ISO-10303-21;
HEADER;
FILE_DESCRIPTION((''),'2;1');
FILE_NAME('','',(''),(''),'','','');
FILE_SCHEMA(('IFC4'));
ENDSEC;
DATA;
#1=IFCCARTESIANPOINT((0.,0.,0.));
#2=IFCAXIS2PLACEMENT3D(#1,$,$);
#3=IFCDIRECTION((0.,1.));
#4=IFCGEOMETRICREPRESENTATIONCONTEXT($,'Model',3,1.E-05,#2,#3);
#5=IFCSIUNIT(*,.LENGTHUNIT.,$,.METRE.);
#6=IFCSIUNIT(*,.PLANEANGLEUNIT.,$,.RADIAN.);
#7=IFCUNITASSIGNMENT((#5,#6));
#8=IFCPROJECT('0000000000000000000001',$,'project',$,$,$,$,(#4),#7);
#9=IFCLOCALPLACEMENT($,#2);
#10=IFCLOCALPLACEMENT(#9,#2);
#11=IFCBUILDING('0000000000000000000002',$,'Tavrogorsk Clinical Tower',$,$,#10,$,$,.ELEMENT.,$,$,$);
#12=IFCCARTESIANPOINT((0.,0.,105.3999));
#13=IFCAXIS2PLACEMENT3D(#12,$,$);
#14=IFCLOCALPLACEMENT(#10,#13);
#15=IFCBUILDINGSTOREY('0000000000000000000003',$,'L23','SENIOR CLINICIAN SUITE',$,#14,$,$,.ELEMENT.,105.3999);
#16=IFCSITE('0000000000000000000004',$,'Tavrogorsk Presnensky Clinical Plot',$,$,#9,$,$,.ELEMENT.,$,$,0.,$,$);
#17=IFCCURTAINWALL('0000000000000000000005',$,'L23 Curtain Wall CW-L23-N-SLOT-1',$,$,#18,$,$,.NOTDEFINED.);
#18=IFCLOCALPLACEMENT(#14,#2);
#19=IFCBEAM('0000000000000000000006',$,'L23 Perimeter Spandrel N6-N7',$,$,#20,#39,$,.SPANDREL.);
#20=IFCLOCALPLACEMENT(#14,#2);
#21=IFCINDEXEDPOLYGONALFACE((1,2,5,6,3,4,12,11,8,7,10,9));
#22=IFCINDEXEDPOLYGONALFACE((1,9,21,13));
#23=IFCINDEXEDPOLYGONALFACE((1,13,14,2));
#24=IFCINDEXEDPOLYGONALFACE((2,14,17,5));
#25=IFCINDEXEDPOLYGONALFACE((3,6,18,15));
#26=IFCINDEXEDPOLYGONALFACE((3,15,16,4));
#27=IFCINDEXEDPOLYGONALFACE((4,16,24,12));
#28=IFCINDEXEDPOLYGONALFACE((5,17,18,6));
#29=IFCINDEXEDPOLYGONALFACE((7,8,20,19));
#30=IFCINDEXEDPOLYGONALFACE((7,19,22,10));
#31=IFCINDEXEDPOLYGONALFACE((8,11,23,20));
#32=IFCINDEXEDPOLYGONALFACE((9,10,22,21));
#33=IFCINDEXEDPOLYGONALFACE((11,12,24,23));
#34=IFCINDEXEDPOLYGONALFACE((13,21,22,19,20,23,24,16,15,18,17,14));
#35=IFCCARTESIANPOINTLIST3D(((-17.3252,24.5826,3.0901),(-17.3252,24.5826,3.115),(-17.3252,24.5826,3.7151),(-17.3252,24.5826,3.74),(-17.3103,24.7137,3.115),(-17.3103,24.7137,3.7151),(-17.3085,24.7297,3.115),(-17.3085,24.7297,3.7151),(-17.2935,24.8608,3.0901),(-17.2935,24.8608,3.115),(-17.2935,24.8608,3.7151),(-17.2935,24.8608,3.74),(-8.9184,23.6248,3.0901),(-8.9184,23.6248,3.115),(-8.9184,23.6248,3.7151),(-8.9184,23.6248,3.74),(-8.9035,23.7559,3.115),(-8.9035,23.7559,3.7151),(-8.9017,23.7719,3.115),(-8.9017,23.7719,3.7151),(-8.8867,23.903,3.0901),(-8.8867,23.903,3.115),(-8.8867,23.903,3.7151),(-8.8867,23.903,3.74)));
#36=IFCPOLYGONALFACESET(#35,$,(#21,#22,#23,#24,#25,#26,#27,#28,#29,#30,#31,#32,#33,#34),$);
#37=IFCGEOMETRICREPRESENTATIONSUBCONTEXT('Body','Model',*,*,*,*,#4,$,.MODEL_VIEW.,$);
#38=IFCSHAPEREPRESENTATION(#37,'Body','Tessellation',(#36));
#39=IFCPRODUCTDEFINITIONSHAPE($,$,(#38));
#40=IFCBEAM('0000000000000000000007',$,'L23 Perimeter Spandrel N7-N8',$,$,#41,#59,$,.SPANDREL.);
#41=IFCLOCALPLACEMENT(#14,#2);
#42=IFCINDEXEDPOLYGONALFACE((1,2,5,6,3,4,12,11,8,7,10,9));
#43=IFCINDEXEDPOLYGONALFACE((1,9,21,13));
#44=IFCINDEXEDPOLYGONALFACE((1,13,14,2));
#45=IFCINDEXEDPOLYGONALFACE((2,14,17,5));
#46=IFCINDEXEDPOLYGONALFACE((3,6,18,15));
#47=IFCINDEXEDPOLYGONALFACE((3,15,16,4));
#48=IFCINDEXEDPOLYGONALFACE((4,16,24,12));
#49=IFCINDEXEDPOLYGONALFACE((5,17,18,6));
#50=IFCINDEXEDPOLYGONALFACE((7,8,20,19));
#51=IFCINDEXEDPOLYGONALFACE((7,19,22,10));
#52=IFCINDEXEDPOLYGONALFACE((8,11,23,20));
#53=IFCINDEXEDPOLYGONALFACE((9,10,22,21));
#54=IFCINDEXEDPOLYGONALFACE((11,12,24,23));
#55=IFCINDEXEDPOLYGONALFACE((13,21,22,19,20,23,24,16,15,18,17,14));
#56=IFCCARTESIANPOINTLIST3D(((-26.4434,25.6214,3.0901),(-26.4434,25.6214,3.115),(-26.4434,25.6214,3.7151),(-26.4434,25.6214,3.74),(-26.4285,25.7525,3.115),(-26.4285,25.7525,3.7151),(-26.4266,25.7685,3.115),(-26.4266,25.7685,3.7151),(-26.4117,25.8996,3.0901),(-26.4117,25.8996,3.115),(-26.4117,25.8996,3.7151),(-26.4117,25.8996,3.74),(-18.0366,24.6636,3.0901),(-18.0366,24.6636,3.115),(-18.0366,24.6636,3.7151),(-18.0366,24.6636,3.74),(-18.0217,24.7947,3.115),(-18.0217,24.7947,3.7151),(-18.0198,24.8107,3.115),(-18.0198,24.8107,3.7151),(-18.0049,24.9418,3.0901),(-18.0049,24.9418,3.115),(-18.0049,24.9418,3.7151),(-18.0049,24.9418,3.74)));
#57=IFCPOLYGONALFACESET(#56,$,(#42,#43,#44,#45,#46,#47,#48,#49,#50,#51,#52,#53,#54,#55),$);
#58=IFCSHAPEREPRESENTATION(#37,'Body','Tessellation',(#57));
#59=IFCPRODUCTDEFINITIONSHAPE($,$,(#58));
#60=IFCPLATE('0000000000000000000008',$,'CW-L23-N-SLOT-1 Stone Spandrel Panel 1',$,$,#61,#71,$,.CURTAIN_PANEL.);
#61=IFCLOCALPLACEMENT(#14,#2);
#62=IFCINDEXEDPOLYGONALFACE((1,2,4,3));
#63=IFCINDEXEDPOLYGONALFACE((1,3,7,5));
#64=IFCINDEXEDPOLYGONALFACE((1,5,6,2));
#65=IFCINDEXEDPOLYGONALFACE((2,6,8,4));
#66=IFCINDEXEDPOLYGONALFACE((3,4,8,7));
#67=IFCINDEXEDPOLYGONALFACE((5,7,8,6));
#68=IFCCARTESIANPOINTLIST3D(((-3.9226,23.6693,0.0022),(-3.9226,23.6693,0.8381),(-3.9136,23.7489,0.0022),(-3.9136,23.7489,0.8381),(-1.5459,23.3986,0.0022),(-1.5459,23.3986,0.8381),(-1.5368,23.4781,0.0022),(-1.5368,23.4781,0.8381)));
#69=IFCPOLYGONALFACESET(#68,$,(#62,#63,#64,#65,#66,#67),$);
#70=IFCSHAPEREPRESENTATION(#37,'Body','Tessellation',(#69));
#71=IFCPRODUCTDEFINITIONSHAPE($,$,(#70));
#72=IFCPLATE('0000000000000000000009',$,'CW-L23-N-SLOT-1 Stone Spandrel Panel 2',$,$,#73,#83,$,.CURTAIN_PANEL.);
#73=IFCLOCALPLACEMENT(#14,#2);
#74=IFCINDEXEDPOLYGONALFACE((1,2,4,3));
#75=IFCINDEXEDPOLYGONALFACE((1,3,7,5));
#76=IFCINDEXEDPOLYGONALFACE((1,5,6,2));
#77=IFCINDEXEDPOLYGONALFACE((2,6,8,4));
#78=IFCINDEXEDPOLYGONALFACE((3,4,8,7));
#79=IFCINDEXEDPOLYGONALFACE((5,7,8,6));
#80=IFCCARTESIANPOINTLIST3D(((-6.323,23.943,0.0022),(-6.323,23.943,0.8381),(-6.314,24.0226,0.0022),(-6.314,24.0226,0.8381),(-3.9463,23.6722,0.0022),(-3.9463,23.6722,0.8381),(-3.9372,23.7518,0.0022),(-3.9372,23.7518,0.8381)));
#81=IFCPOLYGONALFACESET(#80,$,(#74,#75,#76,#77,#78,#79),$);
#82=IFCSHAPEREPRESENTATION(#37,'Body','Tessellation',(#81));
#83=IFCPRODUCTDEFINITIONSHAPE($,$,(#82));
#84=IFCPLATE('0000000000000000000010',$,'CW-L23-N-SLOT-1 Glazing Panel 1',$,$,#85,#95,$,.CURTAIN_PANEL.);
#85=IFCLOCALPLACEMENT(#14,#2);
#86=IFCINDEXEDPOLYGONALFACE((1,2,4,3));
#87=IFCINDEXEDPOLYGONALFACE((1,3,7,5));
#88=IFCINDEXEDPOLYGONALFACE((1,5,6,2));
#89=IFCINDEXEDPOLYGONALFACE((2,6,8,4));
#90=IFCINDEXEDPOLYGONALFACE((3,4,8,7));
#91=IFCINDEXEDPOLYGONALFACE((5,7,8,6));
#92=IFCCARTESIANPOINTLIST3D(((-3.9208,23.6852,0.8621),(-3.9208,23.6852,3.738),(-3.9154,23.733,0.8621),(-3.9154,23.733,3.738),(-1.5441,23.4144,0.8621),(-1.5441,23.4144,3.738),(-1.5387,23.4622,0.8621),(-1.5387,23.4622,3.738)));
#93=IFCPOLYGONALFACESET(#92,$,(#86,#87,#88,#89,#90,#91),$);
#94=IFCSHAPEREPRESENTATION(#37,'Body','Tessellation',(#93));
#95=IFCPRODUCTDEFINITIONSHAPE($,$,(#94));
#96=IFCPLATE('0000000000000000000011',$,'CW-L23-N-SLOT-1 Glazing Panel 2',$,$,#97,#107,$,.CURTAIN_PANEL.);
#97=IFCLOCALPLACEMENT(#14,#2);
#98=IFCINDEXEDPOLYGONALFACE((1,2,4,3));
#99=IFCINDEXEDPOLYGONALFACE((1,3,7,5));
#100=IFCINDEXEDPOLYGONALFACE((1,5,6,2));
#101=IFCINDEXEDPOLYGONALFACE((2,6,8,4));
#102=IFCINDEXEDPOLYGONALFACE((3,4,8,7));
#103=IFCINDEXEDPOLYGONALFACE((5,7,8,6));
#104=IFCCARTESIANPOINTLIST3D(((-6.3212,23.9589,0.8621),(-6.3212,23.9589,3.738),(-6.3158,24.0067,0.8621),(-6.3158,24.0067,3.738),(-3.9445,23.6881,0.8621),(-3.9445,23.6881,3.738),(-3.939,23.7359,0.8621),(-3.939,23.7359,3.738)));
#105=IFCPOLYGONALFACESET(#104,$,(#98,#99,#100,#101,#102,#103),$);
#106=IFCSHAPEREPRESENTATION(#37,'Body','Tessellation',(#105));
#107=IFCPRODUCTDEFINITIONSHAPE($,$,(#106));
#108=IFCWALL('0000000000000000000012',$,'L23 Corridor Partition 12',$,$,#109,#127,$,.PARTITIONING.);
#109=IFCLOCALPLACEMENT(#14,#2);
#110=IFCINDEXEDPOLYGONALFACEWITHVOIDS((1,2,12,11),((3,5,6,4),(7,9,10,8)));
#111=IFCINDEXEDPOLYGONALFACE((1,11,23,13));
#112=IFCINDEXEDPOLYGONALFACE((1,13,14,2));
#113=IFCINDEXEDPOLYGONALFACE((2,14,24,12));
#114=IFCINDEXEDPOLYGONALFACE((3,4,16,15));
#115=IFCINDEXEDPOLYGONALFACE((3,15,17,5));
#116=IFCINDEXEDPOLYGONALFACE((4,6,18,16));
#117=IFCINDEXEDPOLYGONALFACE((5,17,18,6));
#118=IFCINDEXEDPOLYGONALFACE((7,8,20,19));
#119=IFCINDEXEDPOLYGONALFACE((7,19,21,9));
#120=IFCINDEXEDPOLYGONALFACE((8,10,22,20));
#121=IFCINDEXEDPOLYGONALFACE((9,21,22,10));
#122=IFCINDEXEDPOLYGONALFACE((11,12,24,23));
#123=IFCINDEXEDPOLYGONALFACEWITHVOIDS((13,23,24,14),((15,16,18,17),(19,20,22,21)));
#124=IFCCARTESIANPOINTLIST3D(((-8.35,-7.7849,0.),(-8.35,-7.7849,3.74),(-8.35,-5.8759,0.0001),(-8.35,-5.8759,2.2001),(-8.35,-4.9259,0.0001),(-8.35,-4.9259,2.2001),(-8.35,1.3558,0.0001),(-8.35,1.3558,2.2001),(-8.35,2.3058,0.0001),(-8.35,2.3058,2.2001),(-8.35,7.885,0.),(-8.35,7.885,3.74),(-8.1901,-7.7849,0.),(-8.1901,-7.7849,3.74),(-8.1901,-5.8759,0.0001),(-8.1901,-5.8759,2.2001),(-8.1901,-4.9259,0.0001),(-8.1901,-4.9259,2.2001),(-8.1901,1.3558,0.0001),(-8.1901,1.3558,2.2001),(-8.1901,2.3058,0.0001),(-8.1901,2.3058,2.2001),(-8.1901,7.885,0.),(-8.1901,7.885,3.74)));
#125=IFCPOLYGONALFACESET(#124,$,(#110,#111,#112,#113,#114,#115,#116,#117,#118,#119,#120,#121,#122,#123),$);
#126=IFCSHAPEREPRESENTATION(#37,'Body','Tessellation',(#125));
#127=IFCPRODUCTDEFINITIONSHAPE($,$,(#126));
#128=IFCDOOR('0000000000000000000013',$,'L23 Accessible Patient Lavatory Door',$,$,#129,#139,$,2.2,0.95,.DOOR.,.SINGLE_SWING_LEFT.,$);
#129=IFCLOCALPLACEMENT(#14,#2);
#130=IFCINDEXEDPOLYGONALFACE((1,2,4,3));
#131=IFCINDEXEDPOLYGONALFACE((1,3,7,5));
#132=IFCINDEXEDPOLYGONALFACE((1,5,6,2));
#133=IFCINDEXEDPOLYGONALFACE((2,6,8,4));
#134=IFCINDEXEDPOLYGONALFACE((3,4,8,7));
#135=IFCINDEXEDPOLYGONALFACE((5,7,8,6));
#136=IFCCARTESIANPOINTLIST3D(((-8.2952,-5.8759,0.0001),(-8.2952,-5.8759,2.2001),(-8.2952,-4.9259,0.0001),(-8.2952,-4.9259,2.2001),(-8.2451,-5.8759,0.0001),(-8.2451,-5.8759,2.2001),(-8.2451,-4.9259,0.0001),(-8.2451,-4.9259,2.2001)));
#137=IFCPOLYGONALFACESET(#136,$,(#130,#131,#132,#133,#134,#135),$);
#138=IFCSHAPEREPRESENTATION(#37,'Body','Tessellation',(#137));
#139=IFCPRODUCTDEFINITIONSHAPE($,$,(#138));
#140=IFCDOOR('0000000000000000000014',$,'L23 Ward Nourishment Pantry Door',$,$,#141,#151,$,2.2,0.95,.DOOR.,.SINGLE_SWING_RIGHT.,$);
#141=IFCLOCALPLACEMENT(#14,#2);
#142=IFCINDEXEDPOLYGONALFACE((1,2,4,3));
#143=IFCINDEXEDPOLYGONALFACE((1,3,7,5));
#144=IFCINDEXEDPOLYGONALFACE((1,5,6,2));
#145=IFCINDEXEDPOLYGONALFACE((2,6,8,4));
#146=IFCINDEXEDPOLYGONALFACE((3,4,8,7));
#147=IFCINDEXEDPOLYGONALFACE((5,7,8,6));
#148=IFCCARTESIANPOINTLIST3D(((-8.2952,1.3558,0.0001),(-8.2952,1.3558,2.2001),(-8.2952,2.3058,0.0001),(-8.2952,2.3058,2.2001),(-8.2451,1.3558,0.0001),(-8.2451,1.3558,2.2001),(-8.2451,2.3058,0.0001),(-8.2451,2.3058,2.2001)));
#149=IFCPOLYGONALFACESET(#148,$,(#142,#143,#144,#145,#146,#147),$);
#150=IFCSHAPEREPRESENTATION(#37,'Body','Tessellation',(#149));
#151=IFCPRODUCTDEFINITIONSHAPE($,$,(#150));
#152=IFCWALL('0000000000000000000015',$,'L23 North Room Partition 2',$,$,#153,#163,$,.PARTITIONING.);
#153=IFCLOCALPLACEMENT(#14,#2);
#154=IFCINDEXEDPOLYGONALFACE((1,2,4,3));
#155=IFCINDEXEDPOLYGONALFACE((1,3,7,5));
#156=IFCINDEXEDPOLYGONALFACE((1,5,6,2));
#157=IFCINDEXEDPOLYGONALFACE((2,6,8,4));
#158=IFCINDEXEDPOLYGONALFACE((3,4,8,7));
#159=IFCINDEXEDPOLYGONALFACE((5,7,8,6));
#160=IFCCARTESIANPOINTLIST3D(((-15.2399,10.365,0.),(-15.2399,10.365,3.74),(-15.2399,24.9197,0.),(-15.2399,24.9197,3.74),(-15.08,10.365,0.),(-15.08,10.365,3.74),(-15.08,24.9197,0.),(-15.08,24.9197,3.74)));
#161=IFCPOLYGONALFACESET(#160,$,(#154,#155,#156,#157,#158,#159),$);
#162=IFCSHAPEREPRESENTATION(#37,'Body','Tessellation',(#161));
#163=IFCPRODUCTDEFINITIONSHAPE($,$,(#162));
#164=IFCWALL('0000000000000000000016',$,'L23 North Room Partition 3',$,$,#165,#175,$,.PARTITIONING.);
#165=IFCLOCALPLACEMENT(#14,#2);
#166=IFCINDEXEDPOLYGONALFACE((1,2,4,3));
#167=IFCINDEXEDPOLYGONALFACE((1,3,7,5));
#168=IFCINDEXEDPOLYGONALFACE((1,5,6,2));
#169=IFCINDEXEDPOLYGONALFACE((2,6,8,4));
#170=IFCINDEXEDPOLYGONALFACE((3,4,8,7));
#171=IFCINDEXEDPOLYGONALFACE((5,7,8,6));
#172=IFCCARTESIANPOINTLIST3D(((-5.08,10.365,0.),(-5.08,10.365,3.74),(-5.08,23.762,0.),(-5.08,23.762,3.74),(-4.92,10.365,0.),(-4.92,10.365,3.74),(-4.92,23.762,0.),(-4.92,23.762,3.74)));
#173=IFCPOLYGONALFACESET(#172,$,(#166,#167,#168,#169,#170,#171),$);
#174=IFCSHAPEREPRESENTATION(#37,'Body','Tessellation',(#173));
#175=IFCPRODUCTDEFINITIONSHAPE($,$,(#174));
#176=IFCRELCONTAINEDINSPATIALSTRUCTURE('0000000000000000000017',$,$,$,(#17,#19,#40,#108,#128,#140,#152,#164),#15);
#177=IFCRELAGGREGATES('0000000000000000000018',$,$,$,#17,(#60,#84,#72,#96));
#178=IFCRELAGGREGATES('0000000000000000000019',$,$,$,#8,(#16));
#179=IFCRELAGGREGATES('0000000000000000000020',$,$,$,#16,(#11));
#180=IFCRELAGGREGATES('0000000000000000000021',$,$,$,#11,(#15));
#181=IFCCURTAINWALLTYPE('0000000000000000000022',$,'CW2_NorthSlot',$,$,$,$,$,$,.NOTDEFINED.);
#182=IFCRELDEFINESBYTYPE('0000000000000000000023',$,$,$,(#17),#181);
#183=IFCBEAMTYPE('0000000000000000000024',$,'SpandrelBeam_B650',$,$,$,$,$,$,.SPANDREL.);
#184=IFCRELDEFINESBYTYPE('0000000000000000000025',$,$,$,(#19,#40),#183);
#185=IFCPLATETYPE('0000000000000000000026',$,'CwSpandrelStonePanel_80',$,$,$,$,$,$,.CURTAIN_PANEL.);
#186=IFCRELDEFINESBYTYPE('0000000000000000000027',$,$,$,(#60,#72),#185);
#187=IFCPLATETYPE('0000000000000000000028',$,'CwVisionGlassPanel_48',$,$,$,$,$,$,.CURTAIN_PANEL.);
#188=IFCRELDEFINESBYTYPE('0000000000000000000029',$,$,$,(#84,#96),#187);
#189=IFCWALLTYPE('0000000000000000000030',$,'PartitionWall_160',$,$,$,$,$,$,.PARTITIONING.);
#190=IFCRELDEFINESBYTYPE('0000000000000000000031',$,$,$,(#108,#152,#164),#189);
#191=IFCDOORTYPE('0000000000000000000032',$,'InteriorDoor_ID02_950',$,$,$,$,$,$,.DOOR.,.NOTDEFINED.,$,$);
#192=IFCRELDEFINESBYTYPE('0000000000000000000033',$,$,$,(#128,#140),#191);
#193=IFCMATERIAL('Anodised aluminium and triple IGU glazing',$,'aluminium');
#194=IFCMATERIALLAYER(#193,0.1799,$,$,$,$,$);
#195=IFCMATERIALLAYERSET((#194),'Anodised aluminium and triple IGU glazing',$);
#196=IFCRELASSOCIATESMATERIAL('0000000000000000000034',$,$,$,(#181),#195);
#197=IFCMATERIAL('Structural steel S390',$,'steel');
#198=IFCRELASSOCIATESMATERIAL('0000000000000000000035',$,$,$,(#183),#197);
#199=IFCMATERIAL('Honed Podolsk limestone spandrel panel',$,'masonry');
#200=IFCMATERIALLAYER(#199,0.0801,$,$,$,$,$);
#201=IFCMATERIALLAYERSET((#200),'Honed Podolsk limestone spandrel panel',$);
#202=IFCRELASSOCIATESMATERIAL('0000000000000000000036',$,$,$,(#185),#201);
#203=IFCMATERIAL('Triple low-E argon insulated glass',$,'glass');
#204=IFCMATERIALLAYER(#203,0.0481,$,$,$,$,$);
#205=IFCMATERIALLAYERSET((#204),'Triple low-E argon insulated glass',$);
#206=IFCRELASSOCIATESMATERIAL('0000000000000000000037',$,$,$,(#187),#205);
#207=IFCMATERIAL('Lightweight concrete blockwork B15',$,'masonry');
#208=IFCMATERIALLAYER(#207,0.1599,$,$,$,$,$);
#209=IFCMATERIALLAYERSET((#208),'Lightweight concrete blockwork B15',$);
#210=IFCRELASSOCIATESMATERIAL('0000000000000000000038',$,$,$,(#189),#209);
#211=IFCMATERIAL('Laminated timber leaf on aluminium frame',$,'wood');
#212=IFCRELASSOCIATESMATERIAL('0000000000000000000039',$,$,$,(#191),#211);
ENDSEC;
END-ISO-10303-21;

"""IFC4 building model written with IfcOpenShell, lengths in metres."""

from ifc_helpers import new_model, si_unit, direction, frame, frame_2d, origin, origin_2d, place, context, subcontext, project, spatial, rectangle, i_section, extrude, material, layer, layer_set, material_profile, profile_set, type_object, element, fill, aggregate, save


model = new_model("IFC4")

# Units and contexts
model_context = context("Model", 3, precision=1e-05, world=origin(), true_north=direction((0.0, 1.0)))
body_context = subcontext(model_context, "Body", "Model", "MODEL_VIEW")
ifc_project = project(units=[si_unit("LENGTHUNIT", "METRE"), si_unit("PLANEANGLEUNIT", "RADIAN")], contexts=[model_context])

# Site, building, storey
site_placement = place(None, origin())
site = spatial("IfcSite", under=ifc_project, at=site_placement, Name="Tavrogorsk Presnensky Clinical Plot", CompositionType="ELEMENT", RefElevation=0.0)
building_placement = place(site_placement, origin())
building = spatial("IfcBuilding", under=site, at=building_placement, Name="Tavrogorsk Clinical Tower", CompositionType="ELEMENT")
storey_placement = place(building_placement, frame((0.0, 0.0, 105.3999)))
storey = spatial("IfcBuildingStorey", under=building, at=storey_placement, Name="L23", Description="SENIOR CLINICIAN SUITE", CompositionType="ELEMENT", Elevation=105.3999)

# Curtain wall
ifc_material_1 = material(Name="Anodised aluminium and triple IGU glazing", Category="aluminium")
ifc_layer_1 = layer(ifc_material_1, 0.1799)
ifc_layer_set_1 = layer_set([ifc_layer_1], Name="Anodised aluminium and triple IGU glazing")
curtain_wall_type = type_object("IfcCurtainWallType", Name="CW2_NorthSlot", PredefinedType="NOTDEFINED", material=ifc_layer_set_1)
curtain_wall_placement = place(storey_placement, origin())
curtain_wall = element("IfcCurtainWall", 1, at=curtain_wall_placement, inside=storey, type_object=curtain_wall_type, Name="L23 Curtain Wall CW-L23-N-SLOT-1", PredefinedType="NOTDEFINED")

# Beams
ifc_material_2 = material(Name="Structural steel S390", Category="steel")
ifc_material_profile_1 = material_profile(ifc_material_2, i_section(OverallWidth=0.28, OverallDepth=0.6499, WebThickness=0.0161, FlangeThickness=0.0249, at=origin_2d()), Name="B-650x280x16x25")
ifc_profile_set_1 = profile_set([ifc_material_profile_1], Name="Structural steel S390")
beam_type_1 = type_object("IfcBeamType", Name="SpandrelBeam_B650", PredefinedType="SPANDREL", material=ifc_profile_set_1)
for number, where, z_axis, x_axis, name in (
    (2, (-8.9026, 23.7639, 3.415), (-0.993573, 0.113196, 0.0), (-0.113196, -0.993573, 0.0), "L23 Perimeter Spandrel N6-N7"),
    (3, (-18.0208, 24.8027, 3.415), (-0.993573, 0.113196, 0.0), (-0.113196, -0.993573, 0.0), "L23 Perimeter Spandrel N7-N8"),
):
    element("IfcBeam", number, at=place(storey_placement, frame(where, z_axis=z_axis, x_axis=x_axis)), inside=storey, type_object=beam_type_1, Name=name, PredefinedType="SPANDREL", context=body_context, shape_type="SweptSolid", body=[
        extrude(i_section(OverallWidth=0.28, OverallDepth=0.6499, WebThickness=0.0161, FlangeThickness=0.0249, at=origin_2d()), origin(), (0.0, 0.0, 1.0), 8.4612),
    ])

# Plates
ifc_material_3 = material(Name="Honed Podolsk limestone spandrel panel", Category="masonry")
ifc_layer_2 = layer(ifc_material_3, 0.0801)
ifc_layer_set_2 = layer_set([ifc_layer_2], Name="Honed Podolsk limestone spandrel panel")
plate_type_1 = type_object("IfcPlateType", Name="CwSpandrelStonePanel_80", PredefinedType="CURTAIN_PANEL", material=ifc_layer_set_2)
plate_1_placement = place(storey_placement, frame((-2.7297, 23.5737, 0.0022), z_axis=(0.0, 0.0, 1.0), x_axis=(-0.993572, 0.113203, 0.0)))
plate_1 = element("IfcPlate", 4, at=plate_1_placement, type_object=plate_type_1, Name="CW-L23-N-SLOT-1 Stone Spandrel Panel 1", PredefinedType="CURTAIN_PANEL", context=body_context, shape_type="SweptSolid", body=[
    extrude(rectangle(XDim=2.3921, YDim=0.0801, at=origin_2d()), origin(), (0.0, 0.0, 1.0), 0.8359),
])
plate_2_placement = place(storey_placement, frame((-5.1301, 23.8474, 0.0022), z_axis=(0.0, 0.0, 1.0), x_axis=(-0.993572, 0.113203, 0.0)))
plate_2 = element("IfcPlate", 5, at=plate_2_placement, type_object=plate_type_1, Name="CW-L23-N-SLOT-1 Stone Spandrel Panel 2", PredefinedType="CURTAIN_PANEL", context=body_context, shape_type="SweptSolid", body=[
    extrude(rectangle(XDim=2.3921, YDim=0.0801, at=origin_2d()), origin(), (0.0, 0.0, 1.0), 0.8359),
])
ifc_material_4 = material(Name="Triple low-E argon insulated glass", Category="glass")
ifc_layer_3 = layer(ifc_material_4, 0.0481)
ifc_layer_set_3 = layer_set([ifc_layer_3], Name="Triple low-E argon insulated glass")
plate_type_2 = type_object("IfcPlateType", Name="CwVisionGlassPanel_48", PredefinedType="CURTAIN_PANEL", material=ifc_layer_set_3)
plate_3_placement = place(storey_placement, frame((-2.7297, 23.5737, 0.8621), z_axis=(0.0, 0.0, 1.0), x_axis=(-0.993572, 0.113203, 0.0)))
plate_3 = element("IfcPlate", 6, at=plate_3_placement, type_object=plate_type_2, Name="CW-L23-N-SLOT-1 Glazing Panel 1", PredefinedType="CURTAIN_PANEL", context=body_context, shape_type="SweptSolid", body=[
    extrude(rectangle(XDim=2.3921, YDim=0.0481, at=origin_2d()), origin(), (0.0, 0.0, 1.0), 2.876),
])
plate_4_placement = place(storey_placement, frame((-5.1301, 23.8474, 0.8621), z_axis=(0.0, 0.0, 1.0), x_axis=(-0.993572, 0.113203, 0.0)))
plate_4 = element("IfcPlate", 7, at=plate_4_placement, type_object=plate_type_2, Name="CW-L23-N-SLOT-1 Glazing Panel 2", PredefinedType="CURTAIN_PANEL", context=body_context, shape_type="SweptSolid", body=[
    extrude(rectangle(XDim=2.3921, YDim=0.0481, at=origin_2d()), origin(), (0.0, 0.0, 1.0), 2.876),
])
aggregate(curtain_wall, [plate_1, plate_3, plate_2, plate_4])

# Wall, openings, doors
ifc_material_5 = material(Name="Lightweight concrete blockwork B15", Category="masonry")
ifc_layer_4 = layer(ifc_material_5, 0.1599)
ifc_layer_set_4 = layer_set([ifc_layer_4], Name="Lightweight concrete blockwork B15")
wall_type_1 = type_object("IfcWallType", Name="PartitionWall_160", PredefinedType="PARTITIONING", material=ifc_layer_set_4)
wall_1_placement = place(storey_placement, frame((-8.27, 7.885, 0.0), z_axis=(0.0, 0.0, 1.0), x_axis=(0.0, -1.0, 0.0)))
wall_1 = element("IfcWall", 8, at=wall_1_placement, inside=storey, type_object=wall_type_1, Name="L23 Corridor Partition 12", PredefinedType="PARTITIONING", context=body_context, shape_type="SweptSolid", body=[
    extrude(rectangle(XDim=15.6699, YDim=0.1599, at=frame_2d((7.835, 0.0))), origin(), (0.0, 0.0, 1.0), 3.74),
])
opening_1_placement = place(wall_1_placement, frame((12.8108, 0.0, 0.0)))
opening_1 = element("IfcOpeningElement", 9, at=opening_1_placement, cuts=wall_1, PredefinedType="OPENING", context=body_context, shape_type="SweptSolid", body=[
    extrude(rectangle(XDim=0.95, YDim=2.2, at=frame_2d((0.4751, 1.1001))), frame((0.0, 0.0898, 0.0), z_axis=(0.0, -1.0, 0.0), x_axis=(1.0, 0.0, 0.0)), (0.0, 0.0, 1.0), 0.1799),
])
opening_2_placement = place(wall_1_placement, frame((5.5791, 0.0, 0.0)))
opening_2 = element("IfcOpeningElement", 10, at=opening_2_placement, cuts=wall_1, PredefinedType="OPENING", context=body_context, shape_type="SweptSolid", body=[
    extrude(rectangle(XDim=0.95, YDim=2.2, at=frame_2d((0.4751, 1.1001))), frame((0.0, 0.0898, 0.0), z_axis=(0.0, -1.0, 0.0), x_axis=(1.0, 0.0, 0.0)), (0.0, 0.0, 1.0), 0.1799),
])
ifc_material_6 = material(Name="Laminated timber leaf on aluminium frame", Category="wood")
door_type = type_object("IfcDoorType", Name="InteriorDoor_ID02_950", OperationType="NOTDEFINED", PredefinedType="DOOR", material=ifc_material_6)
door_1_placement = place(opening_1_placement, origin())
door_1 = element("IfcDoor", 11, at=door_1_placement, inside=storey, type_object=door_type, Name="L23 Accessible Patient Lavatory Door", OperationType="SINGLE_SWING_LEFT", OverallHeight=2.2, OverallWidth=0.95, PredefinedType="DOOR", context=body_context, shape_type="SweptSolid", body=[
    extrude(rectangle(XDim=0.95, YDim=2.2, at=frame_2d((0.4751, 1.1001))), frame((0.0, 0.0249, 0.0), z_axis=(0.0, -1.0, 0.0), x_axis=(1.0, 0.0, 0.0)), (0.0, 0.0, 1.0), 0.05),
])
fill(opening_1, door_1)
door_2_placement = place(opening_2_placement, origin())
door_2 = element("IfcDoor", 12, at=door_2_placement, inside=storey, type_object=door_type, Name="L23 Ward Nourishment Pantry Door", OperationType="SINGLE_SWING_RIGHT", OverallHeight=2.2, OverallWidth=0.95, PredefinedType="DOOR", context=body_context, shape_type="SweptSolid", body=[
    extrude(rectangle(XDim=0.95, YDim=2.2, at=frame_2d((0.4751, 1.1001))), frame((0.0, 0.0249, 0.0), z_axis=(0.0, -1.0, 0.0), x_axis=(1.0, 0.0, 0.0)), (0.0, 0.0, 1.0), 0.05),
])
fill(opening_2, door_2)

# Walls
wall_2_placement = place(storey_placement, frame((-15.1599, 10.365, 0.0), z_axis=(0.0, 0.0, 1.0), x_axis=(0.0, 1.0, 0.0)))
element("IfcWall", 13, at=wall_2_placement, inside=storey, type_object=wall_type_1, Name="L23 North Room Partition 2", PredefinedType="PARTITIONING", context=body_context, shape_type="SweptSolid", body=[
    extrude(rectangle(XDim=14.5547, YDim=0.1599, at=frame_2d((7.2773, 0.0))), origin(), (0.0, 0.0, 1.0), 3.74),
])
wall_3_placement = place(storey_placement, frame((-5.0, 10.365, 0.0), z_axis=(0.0, 0.0, 1.0), x_axis=(0.0, 1.0, 0.0)))
element("IfcWall", 14, at=wall_3_placement, inside=storey, type_object=wall_type_1, Name="L23 North Room Partition 3", PredefinedType="PARTITIONING", context=body_context, shape_type="SweptSolid", body=[
    extrude(rectangle(XDim=13.397, YDim=0.1599, at=frame_2d((6.6985, 0.0))), origin(), (0.0, 0.0, 1.0), 3.74),
])

save(model, "model.ifc")
